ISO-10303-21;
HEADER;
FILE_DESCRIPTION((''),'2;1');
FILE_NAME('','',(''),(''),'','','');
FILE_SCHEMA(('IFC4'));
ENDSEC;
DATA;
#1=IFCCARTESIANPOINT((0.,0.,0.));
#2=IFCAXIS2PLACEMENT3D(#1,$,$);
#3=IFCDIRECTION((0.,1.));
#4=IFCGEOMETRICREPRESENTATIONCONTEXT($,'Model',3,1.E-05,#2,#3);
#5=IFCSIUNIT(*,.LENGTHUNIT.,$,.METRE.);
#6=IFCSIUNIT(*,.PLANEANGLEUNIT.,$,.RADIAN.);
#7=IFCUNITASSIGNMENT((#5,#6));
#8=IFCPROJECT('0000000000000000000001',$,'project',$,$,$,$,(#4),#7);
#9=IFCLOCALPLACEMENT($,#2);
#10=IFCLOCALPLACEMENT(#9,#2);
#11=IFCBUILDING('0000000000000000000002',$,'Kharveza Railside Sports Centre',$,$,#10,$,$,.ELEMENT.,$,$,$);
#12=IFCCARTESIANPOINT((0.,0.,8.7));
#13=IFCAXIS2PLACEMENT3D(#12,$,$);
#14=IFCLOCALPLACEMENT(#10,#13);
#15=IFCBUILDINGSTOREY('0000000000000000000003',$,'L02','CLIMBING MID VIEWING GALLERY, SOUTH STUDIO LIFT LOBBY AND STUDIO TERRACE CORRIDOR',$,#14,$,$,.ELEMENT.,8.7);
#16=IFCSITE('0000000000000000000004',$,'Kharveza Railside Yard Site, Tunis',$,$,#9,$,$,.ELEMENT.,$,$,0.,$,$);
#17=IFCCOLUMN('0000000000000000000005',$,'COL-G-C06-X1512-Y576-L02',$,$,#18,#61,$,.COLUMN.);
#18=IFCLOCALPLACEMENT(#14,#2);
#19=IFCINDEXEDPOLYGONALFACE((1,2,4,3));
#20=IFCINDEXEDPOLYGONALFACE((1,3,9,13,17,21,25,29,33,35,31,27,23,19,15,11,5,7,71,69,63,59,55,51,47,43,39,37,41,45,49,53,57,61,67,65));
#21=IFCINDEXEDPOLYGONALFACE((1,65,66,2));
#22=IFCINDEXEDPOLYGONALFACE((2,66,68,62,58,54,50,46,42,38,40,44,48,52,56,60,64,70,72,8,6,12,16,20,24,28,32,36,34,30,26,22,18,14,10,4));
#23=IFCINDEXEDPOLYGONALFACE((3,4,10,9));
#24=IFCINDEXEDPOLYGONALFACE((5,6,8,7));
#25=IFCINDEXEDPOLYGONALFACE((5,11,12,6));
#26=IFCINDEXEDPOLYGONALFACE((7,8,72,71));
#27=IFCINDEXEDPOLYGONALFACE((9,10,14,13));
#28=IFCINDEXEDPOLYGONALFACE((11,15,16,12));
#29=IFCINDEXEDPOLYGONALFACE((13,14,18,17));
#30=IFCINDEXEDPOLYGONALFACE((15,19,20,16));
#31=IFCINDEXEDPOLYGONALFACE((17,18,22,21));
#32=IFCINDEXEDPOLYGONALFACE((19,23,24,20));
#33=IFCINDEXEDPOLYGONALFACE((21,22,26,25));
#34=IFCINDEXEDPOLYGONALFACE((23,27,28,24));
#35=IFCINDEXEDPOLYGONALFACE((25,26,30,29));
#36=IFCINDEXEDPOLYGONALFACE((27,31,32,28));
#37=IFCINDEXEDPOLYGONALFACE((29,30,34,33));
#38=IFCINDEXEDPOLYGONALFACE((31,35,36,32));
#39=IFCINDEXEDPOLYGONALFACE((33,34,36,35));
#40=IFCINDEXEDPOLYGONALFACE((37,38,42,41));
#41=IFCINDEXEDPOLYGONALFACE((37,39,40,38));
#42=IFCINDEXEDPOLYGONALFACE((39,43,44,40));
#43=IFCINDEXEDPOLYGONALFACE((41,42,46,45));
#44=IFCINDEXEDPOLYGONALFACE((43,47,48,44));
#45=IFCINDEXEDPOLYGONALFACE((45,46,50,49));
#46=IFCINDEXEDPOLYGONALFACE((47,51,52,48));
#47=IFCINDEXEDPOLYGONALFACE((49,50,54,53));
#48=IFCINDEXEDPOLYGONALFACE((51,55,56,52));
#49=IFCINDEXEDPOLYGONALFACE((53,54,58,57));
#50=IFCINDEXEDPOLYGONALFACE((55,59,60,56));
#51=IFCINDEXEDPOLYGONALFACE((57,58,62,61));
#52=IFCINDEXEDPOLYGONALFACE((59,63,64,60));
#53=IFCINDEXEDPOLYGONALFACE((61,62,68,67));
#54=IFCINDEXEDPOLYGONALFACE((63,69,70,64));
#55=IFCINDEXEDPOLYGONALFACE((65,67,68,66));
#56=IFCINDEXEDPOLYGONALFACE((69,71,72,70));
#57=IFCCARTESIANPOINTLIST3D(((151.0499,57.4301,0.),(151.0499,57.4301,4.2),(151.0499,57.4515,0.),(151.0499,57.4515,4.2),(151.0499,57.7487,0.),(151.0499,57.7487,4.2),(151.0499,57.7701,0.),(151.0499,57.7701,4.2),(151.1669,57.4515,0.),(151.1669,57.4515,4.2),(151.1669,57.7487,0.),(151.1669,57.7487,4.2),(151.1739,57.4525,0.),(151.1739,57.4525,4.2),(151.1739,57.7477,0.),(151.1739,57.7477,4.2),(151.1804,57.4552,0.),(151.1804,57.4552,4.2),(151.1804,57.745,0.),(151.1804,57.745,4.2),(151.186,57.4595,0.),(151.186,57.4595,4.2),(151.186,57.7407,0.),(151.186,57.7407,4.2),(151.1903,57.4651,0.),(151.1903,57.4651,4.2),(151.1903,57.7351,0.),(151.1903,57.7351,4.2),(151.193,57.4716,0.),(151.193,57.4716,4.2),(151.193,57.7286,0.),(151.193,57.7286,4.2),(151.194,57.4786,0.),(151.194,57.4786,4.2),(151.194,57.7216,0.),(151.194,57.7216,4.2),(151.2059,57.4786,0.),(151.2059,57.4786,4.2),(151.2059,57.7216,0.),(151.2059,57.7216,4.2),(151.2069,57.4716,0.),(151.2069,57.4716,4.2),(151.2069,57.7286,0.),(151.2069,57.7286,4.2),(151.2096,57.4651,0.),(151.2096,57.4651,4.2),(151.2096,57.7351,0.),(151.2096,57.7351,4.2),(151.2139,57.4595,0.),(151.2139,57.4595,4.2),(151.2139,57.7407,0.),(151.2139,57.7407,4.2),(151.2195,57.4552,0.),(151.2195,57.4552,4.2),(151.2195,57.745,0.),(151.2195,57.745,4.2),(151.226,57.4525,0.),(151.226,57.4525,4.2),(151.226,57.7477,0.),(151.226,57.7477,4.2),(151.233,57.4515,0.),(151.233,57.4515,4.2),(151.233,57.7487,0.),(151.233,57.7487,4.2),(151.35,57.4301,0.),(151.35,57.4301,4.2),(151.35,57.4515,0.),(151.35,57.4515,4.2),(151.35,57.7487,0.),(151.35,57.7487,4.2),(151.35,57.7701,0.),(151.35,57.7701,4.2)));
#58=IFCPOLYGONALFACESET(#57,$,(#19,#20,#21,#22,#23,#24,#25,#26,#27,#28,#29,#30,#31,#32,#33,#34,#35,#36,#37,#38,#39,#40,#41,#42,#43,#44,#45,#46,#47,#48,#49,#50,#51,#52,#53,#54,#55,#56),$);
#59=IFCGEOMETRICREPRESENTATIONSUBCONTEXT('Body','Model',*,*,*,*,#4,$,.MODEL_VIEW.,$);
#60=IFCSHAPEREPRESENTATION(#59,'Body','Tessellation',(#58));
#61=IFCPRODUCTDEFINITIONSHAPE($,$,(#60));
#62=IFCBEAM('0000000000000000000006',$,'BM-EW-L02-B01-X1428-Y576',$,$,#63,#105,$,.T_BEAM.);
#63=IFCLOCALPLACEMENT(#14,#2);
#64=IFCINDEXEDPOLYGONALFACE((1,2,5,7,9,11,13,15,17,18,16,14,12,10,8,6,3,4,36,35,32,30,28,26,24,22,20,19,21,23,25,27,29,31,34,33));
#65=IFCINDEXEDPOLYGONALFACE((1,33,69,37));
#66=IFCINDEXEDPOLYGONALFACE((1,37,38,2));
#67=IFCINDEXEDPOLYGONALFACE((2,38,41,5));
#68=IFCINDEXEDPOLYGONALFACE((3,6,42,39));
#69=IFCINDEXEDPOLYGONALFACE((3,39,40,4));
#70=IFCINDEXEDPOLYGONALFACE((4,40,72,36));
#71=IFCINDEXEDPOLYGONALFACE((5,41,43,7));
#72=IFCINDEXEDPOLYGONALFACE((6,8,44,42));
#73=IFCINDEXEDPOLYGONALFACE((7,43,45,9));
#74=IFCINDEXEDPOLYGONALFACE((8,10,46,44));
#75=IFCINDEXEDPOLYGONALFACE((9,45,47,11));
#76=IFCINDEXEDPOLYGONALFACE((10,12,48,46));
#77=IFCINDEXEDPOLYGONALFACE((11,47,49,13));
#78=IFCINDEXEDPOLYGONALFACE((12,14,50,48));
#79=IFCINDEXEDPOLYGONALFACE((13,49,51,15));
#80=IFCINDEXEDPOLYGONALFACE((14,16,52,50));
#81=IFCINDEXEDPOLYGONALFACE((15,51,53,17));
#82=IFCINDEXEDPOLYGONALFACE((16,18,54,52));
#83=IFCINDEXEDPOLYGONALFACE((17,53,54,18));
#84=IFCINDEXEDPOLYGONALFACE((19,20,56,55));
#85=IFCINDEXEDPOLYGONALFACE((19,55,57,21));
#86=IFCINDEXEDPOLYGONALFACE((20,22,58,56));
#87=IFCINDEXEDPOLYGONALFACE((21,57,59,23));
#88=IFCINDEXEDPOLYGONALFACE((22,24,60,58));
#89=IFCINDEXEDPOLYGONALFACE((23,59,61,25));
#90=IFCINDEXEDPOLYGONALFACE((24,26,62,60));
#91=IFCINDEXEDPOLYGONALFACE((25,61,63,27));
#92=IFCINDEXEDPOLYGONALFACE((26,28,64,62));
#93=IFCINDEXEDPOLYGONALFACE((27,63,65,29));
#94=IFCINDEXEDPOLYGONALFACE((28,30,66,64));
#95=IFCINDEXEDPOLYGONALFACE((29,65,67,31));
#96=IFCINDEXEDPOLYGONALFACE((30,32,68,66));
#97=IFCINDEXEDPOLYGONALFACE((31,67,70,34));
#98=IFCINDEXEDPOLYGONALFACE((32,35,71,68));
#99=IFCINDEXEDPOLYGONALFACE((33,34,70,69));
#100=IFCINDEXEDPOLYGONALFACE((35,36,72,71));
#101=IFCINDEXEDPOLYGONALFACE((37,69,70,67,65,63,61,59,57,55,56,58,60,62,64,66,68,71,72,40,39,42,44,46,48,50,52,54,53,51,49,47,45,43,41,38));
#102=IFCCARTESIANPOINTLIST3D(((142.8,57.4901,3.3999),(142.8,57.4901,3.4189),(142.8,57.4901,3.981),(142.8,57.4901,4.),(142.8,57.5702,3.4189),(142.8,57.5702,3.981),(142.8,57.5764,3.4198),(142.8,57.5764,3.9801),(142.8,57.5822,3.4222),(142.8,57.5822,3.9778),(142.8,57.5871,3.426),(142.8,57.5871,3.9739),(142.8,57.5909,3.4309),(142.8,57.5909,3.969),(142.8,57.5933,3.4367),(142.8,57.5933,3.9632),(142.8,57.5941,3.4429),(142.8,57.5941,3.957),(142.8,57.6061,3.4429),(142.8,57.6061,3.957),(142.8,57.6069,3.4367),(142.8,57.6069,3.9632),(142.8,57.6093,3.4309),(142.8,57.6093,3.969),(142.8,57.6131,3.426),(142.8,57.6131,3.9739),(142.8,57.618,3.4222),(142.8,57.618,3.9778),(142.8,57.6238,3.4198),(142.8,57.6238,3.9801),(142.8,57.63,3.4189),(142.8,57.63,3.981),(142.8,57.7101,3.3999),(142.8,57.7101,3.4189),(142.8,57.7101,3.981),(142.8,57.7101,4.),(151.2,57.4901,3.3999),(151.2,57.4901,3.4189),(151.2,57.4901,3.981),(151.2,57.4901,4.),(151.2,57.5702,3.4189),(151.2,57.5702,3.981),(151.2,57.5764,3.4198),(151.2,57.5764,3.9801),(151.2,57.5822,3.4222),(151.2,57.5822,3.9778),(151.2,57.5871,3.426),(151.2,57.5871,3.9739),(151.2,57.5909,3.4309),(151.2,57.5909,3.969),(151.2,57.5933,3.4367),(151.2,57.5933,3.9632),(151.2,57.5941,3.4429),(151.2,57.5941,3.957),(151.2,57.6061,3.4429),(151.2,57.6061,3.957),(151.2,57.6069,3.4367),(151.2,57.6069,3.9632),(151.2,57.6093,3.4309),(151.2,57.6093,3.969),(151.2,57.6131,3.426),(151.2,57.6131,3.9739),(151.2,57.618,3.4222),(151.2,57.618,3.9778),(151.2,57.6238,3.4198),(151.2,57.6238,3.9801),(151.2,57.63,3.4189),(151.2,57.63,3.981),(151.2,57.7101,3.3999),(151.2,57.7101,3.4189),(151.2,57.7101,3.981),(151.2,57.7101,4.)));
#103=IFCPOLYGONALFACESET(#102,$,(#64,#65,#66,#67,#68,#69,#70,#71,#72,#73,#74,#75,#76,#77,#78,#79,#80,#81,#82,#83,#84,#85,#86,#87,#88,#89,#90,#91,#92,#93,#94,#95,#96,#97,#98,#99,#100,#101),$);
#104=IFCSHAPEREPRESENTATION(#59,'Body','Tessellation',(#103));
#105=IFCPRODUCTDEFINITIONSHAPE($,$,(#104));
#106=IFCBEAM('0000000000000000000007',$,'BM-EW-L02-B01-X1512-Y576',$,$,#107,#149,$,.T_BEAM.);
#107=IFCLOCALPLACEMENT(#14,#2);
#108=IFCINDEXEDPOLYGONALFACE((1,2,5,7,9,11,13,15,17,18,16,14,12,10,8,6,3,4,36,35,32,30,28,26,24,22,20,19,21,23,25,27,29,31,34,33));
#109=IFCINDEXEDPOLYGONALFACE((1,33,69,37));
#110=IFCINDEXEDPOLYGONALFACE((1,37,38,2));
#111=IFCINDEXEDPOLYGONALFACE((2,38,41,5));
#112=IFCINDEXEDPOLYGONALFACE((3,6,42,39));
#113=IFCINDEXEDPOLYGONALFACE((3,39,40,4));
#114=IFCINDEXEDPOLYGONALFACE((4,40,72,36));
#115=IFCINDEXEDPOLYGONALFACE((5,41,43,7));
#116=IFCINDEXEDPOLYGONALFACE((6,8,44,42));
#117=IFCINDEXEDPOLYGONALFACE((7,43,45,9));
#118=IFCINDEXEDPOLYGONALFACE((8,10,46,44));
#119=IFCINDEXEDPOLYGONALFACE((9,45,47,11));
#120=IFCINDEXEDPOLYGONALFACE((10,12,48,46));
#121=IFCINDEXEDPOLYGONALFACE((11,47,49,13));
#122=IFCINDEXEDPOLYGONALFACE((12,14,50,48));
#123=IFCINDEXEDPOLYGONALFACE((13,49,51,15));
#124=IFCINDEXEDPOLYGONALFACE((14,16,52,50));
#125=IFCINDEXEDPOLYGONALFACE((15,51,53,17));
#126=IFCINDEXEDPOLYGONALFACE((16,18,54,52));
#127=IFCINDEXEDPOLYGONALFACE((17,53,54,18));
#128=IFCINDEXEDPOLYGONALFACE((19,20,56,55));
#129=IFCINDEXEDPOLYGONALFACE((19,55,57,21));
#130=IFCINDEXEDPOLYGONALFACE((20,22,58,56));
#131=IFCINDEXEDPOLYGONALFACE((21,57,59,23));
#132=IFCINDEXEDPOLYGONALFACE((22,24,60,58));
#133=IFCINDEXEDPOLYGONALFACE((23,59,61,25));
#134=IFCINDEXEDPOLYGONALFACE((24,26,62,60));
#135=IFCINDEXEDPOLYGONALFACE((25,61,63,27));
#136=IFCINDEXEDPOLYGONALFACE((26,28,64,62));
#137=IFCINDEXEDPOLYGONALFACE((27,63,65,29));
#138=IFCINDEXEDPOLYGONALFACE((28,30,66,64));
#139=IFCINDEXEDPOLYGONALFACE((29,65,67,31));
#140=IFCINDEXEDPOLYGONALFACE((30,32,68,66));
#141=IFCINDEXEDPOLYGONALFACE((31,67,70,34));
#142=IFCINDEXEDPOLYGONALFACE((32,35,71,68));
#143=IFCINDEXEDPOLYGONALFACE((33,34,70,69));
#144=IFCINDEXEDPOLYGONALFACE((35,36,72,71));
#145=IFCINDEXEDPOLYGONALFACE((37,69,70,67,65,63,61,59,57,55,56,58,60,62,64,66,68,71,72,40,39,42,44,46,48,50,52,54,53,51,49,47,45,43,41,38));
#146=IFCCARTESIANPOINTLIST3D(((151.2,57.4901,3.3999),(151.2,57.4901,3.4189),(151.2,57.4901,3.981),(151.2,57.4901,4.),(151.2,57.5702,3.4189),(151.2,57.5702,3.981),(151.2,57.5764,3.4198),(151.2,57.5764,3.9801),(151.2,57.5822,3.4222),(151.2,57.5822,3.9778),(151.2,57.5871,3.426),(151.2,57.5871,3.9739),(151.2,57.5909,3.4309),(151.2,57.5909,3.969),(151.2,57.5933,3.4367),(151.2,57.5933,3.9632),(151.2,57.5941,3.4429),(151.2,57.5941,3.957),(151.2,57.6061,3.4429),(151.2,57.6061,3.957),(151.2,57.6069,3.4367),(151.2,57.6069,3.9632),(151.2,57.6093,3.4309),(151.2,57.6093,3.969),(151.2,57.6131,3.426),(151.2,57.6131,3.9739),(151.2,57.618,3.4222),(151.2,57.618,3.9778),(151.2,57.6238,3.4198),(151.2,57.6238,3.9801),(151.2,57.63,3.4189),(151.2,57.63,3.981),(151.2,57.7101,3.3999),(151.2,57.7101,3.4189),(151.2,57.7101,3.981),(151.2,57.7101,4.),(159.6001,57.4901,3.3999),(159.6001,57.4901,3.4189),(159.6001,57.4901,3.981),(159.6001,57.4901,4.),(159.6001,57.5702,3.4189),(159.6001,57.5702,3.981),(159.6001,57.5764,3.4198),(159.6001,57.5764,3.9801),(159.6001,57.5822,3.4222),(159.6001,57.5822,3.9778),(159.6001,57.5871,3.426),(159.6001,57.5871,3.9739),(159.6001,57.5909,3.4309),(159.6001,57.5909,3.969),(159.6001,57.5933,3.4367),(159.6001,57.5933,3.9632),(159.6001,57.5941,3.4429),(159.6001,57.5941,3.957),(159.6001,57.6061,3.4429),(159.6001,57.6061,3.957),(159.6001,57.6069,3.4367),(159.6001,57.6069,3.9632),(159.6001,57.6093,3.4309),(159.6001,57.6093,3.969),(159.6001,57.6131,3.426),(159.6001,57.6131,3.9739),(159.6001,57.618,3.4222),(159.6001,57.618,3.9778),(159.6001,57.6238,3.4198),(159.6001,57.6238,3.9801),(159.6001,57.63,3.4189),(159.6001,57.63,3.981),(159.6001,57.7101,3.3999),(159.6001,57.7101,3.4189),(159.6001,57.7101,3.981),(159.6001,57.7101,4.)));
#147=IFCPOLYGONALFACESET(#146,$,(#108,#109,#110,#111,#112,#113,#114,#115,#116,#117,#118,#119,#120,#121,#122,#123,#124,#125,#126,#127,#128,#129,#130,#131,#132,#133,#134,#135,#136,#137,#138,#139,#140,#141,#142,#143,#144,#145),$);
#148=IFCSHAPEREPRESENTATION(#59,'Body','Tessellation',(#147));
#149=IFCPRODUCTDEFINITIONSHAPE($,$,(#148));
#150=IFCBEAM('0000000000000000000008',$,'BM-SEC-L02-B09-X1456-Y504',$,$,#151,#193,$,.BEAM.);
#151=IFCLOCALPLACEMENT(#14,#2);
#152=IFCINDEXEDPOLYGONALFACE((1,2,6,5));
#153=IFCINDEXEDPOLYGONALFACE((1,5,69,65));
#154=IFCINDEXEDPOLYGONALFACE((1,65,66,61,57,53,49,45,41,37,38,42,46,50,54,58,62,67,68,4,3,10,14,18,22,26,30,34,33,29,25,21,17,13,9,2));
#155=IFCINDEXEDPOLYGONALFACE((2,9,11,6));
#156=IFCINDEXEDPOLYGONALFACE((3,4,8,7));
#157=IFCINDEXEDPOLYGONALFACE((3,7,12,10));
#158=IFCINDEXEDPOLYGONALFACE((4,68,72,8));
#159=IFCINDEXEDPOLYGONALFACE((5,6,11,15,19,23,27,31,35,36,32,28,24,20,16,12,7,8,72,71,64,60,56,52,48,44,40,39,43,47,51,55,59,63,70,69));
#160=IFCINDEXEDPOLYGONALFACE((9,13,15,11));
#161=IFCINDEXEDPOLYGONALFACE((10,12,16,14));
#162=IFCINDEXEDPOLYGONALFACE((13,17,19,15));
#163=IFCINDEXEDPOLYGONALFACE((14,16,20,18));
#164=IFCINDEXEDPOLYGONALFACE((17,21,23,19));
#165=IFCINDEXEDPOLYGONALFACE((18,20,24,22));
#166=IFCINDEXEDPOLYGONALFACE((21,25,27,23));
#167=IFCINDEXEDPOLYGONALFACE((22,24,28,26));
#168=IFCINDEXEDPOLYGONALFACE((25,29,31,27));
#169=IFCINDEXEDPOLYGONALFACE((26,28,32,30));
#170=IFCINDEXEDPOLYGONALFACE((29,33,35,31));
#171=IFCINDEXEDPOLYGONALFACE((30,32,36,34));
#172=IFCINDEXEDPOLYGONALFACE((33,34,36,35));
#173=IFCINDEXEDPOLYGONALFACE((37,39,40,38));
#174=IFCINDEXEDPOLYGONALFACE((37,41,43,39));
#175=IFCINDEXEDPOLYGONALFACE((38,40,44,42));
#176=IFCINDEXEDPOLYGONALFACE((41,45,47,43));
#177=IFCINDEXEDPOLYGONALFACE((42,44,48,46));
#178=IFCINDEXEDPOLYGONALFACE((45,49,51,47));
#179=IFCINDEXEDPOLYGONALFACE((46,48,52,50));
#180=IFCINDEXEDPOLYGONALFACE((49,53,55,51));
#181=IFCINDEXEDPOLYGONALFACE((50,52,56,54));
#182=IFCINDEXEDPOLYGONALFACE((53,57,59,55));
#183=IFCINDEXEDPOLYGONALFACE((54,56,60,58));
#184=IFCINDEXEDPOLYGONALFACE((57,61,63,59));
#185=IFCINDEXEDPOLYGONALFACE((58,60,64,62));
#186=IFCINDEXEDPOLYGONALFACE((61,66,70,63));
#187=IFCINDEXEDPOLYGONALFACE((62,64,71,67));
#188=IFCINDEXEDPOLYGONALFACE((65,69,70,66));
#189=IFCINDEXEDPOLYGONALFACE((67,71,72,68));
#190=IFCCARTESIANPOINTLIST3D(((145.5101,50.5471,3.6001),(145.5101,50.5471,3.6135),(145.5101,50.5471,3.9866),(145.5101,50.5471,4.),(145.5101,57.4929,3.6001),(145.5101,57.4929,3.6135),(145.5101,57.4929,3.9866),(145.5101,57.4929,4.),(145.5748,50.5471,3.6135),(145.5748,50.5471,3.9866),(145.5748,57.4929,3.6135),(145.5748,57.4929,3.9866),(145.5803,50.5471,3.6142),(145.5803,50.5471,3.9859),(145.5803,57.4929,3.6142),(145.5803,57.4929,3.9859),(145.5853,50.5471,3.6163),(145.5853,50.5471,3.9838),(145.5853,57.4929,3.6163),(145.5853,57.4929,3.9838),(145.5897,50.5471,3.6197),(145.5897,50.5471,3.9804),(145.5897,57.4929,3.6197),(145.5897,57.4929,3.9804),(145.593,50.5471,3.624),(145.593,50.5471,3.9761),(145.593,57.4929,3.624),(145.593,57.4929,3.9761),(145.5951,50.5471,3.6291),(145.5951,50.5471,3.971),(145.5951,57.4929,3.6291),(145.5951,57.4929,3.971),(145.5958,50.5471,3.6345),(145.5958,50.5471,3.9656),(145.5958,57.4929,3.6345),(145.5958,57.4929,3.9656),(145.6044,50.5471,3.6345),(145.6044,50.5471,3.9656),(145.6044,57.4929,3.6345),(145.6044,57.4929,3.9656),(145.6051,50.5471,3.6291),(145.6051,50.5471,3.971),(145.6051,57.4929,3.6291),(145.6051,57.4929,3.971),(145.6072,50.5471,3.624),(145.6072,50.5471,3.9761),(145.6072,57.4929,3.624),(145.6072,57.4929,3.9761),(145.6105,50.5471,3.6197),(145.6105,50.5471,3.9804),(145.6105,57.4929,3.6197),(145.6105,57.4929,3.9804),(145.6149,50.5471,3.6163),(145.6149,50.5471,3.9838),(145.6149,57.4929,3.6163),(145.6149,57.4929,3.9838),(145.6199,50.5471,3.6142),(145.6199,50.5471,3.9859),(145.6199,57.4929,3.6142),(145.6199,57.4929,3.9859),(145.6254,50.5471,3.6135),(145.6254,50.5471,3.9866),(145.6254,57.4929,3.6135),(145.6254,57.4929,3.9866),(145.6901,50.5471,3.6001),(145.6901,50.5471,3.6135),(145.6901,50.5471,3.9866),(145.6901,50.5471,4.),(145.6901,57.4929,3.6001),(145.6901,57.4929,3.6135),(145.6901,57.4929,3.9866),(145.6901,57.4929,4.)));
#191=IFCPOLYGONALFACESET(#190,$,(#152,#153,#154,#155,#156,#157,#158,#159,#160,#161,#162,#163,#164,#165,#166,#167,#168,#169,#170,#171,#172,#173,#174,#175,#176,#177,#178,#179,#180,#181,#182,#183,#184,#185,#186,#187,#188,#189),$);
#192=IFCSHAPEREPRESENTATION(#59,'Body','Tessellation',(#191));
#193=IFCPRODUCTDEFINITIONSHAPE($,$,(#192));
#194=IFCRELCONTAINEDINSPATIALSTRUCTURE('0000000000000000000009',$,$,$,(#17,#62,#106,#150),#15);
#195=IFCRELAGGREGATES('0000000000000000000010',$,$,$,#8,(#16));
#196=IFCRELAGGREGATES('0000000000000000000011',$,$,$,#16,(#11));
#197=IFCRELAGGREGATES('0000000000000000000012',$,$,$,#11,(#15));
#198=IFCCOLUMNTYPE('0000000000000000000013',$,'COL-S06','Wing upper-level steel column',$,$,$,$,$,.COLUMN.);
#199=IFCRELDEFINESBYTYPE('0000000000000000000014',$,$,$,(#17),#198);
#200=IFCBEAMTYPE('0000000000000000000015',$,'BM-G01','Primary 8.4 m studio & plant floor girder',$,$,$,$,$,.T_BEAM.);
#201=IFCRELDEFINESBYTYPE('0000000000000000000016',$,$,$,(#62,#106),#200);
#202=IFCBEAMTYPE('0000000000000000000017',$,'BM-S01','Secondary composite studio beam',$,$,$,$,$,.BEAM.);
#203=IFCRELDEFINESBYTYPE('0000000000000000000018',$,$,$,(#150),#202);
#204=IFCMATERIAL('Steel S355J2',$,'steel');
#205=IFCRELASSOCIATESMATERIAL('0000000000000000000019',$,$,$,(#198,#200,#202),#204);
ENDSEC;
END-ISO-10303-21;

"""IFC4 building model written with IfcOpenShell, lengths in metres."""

from ifc_helpers import new_model, si_unit, direction, frame, origin, origin_2d, place, context, subcontext, project, spatial, i_section, extrude, material, material_profile, profile_set, type_object, element, save


model = new_model("IFC4")

# Units and contexts
model_context = context("Model", 3, precision=1e-05, world=origin(), true_north=direction((0.0, 1.0)))
body_context = subcontext(model_context, "Body", "Model", "MODEL_VIEW")
ifc_project = project(units=[si_unit("LENGTHUNIT", "METRE"), si_unit("PLANEANGLEUNIT", "RADIAN")], contexts=[model_context])

# Site, building, storey
site_placement = place(None, origin())
site = spatial("IfcSite", under=ifc_project, at=site_placement, Name="Kharveza Railside Yard Site, Tunis", CompositionType="ELEMENT", RefElevation=0.0)
building_placement = place(site_placement, origin())
building = spatial("IfcBuilding", under=site, at=building_placement, Name="Kharveza Railside Sports Centre", CompositionType="ELEMENT")
storey_placement = place(building_placement, frame((0.0, 0.0, 8.7)))
storey = spatial("IfcBuildingStorey", under=building, at=storey_placement, Name="L02", Description="CLIMBING MID VIEWING GALLERY, SOUTH STUDIO LIFT LOBBY AND STUDIO TERRACE CORRIDOR", CompositionType="ELEMENT", Elevation=8.7)

# Column
ifc_material_1 = material(Name="Steel S355J2", Category="steel")
ifc_material_profile_1 = material_profile(ifc_material_1, i_section(OverallWidth=0.3, OverallDepth=0.3401, WebThickness=0.012, FlangeThickness=0.0215, FilletRadius=0.0271, at=origin_2d()), Name="HEB 340")
ifc_profile_set_1 = profile_set([ifc_material_profile_1], Name="Steel S355J2")
column_type = type_object("IfcColumnType", Name="COL-S06", Description="Wing upper-level steel column", PredefinedType="COLUMN", material=ifc_profile_set_1)
column_placement = place(storey_placement, frame((151.2, 57.6001, 0.0), z_axis=(0.0, 0.0, 1.0), x_axis=(1.0, 0.0, 0.0)))
element("IfcColumn", 1, at=column_placement, inside=storey, type_object=column_type, Name="COL-G-C06-X1512-Y576-L02", PredefinedType="COLUMN", context=body_context, shape_type="SweptSolid", body=[
    extrude(i_section(OverallWidth=0.3, OverallDepth=0.3401, WebThickness=0.012, FlangeThickness=0.0215, FilletRadius=0.0271, at=origin_2d()), origin(), (0.0, 0.0, 1.0), 4.2),
])

# Beams
ifc_material_profile_2 = material_profile(ifc_material_1, i_section(OverallWidth=0.22, OverallDepth=0.6001, WebThickness=0.012, FlangeThickness=0.019, FilletRadius=0.0239, at=origin_2d()), Name="IPE 600")
ifc_profile_set_2 = profile_set([ifc_material_profile_2], Name="Steel S355J2")
beam_type_1 = type_object("IfcBeamType", Name="BM-G01", Description="Primary 8.4 m studio & plant floor girder", PredefinedType="T_BEAM", material=ifc_profile_set_2)
beam_1_placement = place(storey_placement, frame((142.8, 57.6001, 3.7), z_axis=(1.0, 0.0, 0.0), x_axis=(0.0, 1.0, 0.0)))
element("IfcBeam", 2, at=beam_1_placement, inside=storey, type_object=beam_type_1, Name="BM-EW-L02-B01-X1428-Y576", PredefinedType="T_BEAM", context=body_context, shape_type="SweptSolid", body=[
    extrude(i_section(OverallWidth=0.22, OverallDepth=0.6001, WebThickness=0.012, FlangeThickness=0.019, FilletRadius=0.0239, at=origin_2d()), origin(), (0.0, 0.0, 1.0), 8.3999),
])
beam_2_placement = place(storey_placement, frame((151.2, 57.6001, 3.7), z_axis=(1.0, 0.0, 0.0), x_axis=(0.0, 1.0, 0.0)))
element("IfcBeam", 3, at=beam_2_placement, inside=storey, type_object=beam_type_1, Name="BM-EW-L02-B01-X1512-Y576", PredefinedType="T_BEAM", context=body_context, shape_type="SweptSolid", body=[
    extrude(i_section(OverallWidth=0.22, OverallDepth=0.6001, WebThickness=0.012, FlangeThickness=0.019, FilletRadius=0.0239, at=origin_2d()), origin(), (0.0, 0.0, 1.0), 8.4001),
])
ifc_material_profile_3 = material_profile(ifc_material_1, i_section(OverallWidth=0.1799, OverallDepth=0.3999, WebThickness=0.0085, FlangeThickness=0.0134, FilletRadius=0.021, at=origin_2d()), Name="IPE 400")
ifc_profile_set_3 = profile_set([ifc_material_profile_3], Name="Steel S355J2")
beam_type_2 = type_object("IfcBeamType", Name="BM-S01", Description="Secondary composite studio beam", PredefinedType="BEAM", material=ifc_profile_set_3)
beam_3_placement = place(storey_placement, frame((145.6001, 50.5471, 3.8), z_axis=(0.0, 1.0, 0.0), x_axis=(-1.0, 0.0, 0.0)))
element("IfcBeam", 4, at=beam_3_placement, inside=storey, type_object=beam_type_2, Name="BM-SEC-L02-B09-X1456-Y504", PredefinedType="BEAM", context=body_context, shape_type="SweptSolid", body=[
    extrude(i_section(OverallWidth=0.1799, OverallDepth=0.3999, WebThickness=0.0085, FlangeThickness=0.0134, FilletRadius=0.021, at=origin_2d()), origin(), (0.0, 0.0, 1.0), 6.9458),
])

save(model, "model.ifc")
